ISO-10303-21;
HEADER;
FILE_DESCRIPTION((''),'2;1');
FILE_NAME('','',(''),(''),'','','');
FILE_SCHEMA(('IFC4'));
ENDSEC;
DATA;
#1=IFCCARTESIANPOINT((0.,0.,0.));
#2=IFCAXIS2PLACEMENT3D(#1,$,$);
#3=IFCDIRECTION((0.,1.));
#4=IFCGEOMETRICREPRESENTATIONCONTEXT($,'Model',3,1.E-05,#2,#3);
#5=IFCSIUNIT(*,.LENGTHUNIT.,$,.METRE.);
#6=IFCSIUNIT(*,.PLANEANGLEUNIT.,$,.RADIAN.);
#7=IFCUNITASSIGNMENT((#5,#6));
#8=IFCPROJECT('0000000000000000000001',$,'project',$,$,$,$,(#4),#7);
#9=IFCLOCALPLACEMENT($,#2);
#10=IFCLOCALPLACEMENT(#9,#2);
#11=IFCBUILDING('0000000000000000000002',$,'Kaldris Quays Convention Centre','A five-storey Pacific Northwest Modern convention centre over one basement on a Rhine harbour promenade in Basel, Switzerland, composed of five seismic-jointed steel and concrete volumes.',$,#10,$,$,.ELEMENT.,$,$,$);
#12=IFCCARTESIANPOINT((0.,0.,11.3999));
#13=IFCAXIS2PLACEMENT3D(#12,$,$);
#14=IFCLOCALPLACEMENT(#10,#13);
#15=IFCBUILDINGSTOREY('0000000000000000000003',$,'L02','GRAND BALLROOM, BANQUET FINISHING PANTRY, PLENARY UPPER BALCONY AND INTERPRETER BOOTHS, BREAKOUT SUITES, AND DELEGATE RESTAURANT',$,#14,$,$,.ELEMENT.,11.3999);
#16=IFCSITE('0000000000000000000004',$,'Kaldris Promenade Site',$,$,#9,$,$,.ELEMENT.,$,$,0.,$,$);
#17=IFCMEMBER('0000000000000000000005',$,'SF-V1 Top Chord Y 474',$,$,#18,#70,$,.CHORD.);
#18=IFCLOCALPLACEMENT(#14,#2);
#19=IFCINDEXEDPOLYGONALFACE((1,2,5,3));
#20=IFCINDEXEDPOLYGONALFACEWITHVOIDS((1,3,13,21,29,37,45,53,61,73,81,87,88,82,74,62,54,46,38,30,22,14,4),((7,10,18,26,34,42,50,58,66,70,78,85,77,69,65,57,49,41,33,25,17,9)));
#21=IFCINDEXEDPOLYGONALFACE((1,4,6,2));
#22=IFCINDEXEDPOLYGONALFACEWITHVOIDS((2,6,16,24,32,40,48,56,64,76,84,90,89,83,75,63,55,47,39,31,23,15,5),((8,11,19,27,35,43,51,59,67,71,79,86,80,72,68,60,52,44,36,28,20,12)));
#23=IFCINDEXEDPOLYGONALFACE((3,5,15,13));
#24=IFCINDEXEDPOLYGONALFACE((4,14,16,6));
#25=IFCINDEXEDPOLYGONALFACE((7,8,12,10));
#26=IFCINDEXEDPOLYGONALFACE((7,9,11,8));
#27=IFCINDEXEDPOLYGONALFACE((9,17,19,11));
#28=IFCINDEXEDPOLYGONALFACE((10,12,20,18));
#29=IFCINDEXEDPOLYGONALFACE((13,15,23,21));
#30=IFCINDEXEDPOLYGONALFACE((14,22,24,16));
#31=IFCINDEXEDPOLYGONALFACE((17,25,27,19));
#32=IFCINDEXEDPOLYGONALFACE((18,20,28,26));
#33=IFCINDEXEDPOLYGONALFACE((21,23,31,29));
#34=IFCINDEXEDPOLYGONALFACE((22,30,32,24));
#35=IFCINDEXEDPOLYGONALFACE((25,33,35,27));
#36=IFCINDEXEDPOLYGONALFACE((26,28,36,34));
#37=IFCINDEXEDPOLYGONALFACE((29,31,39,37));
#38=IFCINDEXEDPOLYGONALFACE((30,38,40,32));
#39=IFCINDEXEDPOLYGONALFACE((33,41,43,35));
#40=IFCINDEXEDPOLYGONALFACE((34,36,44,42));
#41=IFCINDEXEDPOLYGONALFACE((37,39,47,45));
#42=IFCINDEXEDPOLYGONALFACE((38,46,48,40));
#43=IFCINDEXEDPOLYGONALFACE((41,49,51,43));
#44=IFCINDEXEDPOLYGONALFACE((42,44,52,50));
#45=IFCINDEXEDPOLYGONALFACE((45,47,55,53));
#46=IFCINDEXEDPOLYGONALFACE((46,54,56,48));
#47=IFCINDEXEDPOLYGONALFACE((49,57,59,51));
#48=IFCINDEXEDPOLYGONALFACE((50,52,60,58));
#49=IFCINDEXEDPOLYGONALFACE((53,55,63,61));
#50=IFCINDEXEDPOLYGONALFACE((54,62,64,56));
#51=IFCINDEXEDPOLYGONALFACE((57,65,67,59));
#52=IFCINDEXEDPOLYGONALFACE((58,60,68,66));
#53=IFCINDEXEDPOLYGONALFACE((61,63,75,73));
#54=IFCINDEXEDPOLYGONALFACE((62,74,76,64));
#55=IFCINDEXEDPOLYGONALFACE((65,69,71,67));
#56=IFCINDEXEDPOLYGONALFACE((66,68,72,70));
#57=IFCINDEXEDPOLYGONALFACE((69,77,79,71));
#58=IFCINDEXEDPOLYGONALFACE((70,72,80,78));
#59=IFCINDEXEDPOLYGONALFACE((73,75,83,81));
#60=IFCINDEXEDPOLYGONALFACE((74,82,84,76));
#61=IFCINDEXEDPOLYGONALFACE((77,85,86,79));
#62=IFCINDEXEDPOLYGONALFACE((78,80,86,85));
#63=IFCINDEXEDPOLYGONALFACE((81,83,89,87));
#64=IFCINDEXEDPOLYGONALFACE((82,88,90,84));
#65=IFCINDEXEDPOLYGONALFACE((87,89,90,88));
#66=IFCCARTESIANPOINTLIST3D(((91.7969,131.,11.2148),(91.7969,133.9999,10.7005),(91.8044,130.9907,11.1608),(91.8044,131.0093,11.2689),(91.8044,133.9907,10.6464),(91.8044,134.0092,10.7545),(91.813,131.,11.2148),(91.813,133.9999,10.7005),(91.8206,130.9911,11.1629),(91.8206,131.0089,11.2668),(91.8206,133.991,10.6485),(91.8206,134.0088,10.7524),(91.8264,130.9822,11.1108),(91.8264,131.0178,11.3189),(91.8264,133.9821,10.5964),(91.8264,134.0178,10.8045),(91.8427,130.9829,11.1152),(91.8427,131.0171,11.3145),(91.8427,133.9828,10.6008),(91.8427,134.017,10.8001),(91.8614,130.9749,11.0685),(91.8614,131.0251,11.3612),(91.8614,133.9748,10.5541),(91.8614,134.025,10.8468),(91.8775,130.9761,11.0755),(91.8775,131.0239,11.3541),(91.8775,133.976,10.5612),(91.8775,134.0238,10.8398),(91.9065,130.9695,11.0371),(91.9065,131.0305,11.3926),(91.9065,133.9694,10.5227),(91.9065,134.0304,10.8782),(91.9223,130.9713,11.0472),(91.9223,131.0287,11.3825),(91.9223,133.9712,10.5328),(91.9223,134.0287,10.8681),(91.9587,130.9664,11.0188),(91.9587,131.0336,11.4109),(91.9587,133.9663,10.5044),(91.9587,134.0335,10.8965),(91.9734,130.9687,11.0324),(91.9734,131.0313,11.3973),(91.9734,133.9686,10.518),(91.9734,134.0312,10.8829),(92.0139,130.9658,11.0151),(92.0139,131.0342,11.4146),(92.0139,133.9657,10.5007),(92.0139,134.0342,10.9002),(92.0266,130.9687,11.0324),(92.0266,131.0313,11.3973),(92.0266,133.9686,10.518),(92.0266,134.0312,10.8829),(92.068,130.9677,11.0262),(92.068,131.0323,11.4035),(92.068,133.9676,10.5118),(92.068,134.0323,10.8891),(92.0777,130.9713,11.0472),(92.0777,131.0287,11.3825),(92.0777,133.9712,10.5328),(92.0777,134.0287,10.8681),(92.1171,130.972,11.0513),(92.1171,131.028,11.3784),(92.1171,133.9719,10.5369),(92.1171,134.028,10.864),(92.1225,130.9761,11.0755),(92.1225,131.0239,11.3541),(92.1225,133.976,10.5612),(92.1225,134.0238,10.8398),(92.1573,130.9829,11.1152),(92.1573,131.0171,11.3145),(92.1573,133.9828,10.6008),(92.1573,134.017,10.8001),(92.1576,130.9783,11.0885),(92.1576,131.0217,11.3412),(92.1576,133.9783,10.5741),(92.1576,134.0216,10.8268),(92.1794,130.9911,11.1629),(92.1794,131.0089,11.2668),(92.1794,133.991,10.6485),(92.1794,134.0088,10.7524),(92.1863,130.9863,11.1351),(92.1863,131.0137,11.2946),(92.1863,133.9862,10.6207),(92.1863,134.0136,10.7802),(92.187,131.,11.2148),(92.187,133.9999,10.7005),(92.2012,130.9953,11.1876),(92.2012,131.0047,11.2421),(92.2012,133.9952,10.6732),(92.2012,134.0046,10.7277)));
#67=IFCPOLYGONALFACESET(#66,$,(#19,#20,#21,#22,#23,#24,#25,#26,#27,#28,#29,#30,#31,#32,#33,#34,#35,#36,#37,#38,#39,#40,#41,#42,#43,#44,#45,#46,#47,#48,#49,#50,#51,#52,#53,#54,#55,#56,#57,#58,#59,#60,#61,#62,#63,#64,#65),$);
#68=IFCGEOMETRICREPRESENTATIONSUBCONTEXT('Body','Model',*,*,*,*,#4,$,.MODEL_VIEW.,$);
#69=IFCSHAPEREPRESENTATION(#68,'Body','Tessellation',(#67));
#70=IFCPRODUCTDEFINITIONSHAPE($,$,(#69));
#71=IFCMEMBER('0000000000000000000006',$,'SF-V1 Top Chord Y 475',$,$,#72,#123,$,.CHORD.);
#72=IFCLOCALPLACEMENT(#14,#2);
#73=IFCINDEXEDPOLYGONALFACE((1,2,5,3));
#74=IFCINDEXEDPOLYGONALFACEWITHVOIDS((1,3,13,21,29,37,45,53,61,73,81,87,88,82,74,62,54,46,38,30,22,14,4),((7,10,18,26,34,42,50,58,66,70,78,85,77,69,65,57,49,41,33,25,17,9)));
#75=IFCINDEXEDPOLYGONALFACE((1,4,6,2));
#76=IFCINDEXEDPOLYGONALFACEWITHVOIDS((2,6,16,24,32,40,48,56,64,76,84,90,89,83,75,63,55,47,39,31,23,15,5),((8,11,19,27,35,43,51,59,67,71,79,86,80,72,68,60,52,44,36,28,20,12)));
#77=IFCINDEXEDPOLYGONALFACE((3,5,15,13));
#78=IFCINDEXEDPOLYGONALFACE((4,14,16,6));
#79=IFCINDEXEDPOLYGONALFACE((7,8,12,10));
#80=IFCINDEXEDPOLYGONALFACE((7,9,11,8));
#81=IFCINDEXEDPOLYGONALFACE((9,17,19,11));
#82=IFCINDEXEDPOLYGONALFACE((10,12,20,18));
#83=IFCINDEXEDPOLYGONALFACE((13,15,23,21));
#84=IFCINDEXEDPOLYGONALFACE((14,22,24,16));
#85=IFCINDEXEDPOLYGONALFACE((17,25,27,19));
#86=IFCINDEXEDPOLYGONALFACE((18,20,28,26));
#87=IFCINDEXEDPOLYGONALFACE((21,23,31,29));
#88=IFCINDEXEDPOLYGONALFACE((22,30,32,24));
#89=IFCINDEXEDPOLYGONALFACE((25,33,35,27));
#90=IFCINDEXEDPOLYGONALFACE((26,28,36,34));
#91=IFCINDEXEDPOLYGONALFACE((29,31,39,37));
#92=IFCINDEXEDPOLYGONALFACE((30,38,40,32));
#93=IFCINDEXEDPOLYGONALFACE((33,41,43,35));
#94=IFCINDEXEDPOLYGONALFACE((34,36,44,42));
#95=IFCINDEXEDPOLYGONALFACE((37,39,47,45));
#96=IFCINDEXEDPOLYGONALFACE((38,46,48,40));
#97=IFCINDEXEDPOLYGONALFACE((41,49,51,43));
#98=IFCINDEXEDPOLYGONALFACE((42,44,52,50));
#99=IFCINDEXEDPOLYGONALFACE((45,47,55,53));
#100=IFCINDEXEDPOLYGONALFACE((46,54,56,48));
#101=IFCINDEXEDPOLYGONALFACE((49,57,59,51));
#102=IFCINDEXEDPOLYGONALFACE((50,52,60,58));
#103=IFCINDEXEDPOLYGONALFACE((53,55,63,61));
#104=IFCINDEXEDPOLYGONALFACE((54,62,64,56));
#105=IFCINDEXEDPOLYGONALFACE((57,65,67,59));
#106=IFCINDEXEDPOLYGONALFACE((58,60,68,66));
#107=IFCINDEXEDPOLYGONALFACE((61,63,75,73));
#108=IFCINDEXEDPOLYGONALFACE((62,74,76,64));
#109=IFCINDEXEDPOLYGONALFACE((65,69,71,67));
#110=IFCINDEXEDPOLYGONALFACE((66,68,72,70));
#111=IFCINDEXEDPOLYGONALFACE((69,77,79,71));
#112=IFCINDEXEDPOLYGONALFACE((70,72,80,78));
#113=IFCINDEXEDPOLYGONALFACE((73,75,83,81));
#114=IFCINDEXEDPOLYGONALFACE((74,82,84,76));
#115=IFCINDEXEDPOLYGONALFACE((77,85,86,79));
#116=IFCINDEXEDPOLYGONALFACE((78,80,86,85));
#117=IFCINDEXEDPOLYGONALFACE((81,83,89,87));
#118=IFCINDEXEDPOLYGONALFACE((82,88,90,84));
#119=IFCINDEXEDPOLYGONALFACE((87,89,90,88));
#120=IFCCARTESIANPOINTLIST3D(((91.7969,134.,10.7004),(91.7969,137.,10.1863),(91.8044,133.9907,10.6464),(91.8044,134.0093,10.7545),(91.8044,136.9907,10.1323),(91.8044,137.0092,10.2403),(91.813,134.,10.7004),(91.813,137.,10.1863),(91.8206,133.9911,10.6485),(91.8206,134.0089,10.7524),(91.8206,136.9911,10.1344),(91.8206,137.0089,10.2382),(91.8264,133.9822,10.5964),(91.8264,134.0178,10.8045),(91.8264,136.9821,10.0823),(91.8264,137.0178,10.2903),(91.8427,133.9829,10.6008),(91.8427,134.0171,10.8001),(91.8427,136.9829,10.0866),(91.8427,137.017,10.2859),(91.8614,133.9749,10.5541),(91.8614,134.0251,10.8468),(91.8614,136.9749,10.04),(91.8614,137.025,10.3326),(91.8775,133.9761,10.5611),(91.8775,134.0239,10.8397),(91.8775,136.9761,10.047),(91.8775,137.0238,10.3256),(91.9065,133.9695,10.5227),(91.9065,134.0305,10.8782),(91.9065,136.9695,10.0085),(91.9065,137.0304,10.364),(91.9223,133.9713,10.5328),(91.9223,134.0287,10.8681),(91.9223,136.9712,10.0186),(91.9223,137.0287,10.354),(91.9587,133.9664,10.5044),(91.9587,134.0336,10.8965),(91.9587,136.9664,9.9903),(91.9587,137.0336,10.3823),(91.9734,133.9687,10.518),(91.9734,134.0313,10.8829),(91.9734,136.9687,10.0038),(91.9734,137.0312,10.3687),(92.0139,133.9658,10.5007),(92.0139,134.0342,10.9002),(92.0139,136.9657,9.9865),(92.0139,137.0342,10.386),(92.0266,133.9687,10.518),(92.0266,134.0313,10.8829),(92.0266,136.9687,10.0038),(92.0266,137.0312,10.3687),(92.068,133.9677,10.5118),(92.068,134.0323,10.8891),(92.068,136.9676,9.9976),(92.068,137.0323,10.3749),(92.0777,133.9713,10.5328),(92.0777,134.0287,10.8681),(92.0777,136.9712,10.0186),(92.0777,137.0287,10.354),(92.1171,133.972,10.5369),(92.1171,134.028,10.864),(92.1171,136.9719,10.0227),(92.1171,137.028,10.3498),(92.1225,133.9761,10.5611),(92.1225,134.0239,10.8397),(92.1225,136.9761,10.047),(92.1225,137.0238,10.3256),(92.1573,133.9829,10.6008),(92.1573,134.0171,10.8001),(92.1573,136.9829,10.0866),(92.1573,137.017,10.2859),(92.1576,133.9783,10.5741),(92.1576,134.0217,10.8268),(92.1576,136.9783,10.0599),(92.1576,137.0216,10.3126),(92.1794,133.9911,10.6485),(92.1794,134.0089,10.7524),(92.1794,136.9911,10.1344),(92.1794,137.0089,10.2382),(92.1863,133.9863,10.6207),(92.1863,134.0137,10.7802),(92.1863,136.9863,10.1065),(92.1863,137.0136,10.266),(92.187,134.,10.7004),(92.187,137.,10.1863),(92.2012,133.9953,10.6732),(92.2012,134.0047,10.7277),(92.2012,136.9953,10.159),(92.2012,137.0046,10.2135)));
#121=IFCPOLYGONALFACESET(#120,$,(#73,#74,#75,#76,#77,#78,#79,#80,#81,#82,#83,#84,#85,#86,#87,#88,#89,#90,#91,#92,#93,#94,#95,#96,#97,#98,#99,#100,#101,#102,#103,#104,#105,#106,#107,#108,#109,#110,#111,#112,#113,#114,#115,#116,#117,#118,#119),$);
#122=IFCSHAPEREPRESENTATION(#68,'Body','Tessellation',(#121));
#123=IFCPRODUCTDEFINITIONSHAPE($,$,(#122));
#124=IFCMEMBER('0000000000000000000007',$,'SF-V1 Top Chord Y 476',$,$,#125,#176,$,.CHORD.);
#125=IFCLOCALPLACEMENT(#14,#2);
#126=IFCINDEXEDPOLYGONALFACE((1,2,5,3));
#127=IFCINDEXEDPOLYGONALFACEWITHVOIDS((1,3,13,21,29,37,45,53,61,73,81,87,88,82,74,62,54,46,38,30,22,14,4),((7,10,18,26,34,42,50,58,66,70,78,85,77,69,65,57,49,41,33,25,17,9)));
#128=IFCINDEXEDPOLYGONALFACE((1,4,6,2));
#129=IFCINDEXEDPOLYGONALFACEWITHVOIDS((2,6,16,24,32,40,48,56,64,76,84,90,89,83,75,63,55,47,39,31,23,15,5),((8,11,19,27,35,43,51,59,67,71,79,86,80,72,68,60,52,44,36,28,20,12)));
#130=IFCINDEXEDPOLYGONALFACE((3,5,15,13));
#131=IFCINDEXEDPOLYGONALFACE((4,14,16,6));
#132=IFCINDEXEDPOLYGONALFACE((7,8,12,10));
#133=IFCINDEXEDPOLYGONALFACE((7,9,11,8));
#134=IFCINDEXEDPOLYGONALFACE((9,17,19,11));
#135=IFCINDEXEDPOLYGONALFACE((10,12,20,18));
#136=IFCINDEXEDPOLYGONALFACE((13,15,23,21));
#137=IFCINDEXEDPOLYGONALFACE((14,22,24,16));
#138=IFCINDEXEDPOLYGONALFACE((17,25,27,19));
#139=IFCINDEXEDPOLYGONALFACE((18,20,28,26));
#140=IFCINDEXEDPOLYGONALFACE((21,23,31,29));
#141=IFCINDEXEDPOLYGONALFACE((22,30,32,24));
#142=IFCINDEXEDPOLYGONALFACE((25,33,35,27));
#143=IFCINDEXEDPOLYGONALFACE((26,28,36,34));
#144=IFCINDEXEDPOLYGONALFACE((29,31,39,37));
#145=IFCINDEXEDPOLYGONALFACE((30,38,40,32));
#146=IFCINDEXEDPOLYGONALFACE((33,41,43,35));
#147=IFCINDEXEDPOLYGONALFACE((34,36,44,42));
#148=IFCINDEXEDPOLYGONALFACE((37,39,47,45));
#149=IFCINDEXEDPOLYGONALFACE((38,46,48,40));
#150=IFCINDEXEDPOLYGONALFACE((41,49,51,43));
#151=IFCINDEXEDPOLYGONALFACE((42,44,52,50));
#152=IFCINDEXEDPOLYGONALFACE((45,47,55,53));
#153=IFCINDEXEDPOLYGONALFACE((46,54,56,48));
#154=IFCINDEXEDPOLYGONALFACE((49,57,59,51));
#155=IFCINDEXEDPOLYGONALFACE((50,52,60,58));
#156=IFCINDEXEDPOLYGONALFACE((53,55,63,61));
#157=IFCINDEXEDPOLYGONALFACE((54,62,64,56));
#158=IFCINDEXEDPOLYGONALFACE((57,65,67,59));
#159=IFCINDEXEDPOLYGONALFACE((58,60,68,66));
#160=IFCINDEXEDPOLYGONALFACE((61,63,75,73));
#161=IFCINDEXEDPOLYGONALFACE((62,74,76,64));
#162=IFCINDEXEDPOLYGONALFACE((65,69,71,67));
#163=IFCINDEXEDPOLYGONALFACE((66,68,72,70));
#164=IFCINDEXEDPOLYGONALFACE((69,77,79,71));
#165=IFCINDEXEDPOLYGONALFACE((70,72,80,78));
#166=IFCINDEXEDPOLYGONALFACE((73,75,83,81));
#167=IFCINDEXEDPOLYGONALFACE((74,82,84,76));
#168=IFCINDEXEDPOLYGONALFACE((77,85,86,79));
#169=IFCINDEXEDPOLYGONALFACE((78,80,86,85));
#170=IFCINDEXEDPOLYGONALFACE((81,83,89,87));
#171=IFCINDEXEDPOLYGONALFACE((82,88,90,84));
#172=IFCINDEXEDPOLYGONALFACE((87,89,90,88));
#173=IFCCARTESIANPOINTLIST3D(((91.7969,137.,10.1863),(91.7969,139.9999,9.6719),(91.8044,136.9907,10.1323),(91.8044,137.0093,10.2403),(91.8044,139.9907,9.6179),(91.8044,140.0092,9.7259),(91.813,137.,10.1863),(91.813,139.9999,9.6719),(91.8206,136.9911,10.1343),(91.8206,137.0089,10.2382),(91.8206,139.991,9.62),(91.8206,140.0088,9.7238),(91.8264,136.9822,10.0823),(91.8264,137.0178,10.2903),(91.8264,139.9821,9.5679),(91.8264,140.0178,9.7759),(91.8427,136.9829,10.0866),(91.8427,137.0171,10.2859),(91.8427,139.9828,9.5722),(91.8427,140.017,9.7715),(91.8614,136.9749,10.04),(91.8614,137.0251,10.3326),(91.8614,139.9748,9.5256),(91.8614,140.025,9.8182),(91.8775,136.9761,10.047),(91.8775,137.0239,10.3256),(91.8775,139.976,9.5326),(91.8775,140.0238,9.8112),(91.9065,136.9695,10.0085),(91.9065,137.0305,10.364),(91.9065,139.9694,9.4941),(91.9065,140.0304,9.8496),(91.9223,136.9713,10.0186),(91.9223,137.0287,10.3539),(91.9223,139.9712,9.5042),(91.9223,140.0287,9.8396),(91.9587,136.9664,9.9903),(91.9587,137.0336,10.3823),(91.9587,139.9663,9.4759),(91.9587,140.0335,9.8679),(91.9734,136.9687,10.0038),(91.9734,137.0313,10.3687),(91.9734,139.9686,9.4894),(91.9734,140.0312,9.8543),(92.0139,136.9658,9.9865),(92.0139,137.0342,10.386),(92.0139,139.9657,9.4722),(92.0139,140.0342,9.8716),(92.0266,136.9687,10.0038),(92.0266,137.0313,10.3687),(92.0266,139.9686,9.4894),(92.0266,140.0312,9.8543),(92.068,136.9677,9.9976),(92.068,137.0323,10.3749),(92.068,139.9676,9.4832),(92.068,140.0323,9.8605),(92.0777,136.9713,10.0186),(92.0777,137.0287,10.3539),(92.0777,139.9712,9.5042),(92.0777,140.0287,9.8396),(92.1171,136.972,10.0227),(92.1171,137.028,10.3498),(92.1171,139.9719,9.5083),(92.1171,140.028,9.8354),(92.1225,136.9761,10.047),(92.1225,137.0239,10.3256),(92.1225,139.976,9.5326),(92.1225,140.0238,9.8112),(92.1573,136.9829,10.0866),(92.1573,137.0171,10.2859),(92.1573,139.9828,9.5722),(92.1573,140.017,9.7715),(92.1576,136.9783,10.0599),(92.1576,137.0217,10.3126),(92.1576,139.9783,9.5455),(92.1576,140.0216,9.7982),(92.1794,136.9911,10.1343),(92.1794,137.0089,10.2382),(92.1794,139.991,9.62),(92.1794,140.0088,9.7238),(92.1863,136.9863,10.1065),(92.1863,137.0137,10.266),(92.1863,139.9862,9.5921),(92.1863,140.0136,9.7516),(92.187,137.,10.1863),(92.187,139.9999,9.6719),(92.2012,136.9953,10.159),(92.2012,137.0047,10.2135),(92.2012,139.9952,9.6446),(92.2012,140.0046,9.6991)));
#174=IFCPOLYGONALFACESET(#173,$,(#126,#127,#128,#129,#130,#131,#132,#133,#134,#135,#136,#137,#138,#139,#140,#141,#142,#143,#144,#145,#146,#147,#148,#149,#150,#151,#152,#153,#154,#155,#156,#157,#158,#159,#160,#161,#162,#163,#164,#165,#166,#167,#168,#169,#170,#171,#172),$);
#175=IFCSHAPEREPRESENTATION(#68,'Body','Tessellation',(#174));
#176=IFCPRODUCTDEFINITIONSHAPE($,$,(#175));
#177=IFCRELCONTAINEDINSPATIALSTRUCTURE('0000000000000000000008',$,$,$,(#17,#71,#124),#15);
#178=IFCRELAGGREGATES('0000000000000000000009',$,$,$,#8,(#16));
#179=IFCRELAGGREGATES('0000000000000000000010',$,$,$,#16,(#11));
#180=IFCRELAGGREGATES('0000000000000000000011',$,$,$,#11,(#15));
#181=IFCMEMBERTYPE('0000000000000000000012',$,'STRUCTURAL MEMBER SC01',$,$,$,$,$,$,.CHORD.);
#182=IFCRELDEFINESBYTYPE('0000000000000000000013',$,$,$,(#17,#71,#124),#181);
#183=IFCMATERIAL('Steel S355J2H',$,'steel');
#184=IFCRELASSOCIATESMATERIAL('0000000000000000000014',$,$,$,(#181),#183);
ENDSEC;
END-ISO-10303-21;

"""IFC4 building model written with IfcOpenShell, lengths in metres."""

from ifc_helpers import new_model, si_unit, direction, frame, origin, origin_2d, place, context, subcontext, project, spatial, hollow_circle, extrude, material, material_profile, profile_set, type_object, element, save


model = new_model("IFC4")

# Units and contexts
model_context = context("Model", 3, precision=1e-05, world=origin(), true_north=direction((0.0, 1.0)))
body_context = subcontext(model_context, "Body", "Model", "MODEL_VIEW")
ifc_project = project(units=[si_unit("LENGTHUNIT", "METRE"), si_unit("PLANEANGLEUNIT", "RADIAN")], contexts=[model_context])

# Site, building, storey
site_placement = place(None, origin())
site = spatial("IfcSite", under=ifc_project, at=site_placement, Name="Kaldris Promenade Site", CompositionType="ELEMENT", RefElevation=0.0)
building_placement = place(site_placement, origin())
building = spatial("IfcBuilding", under=site, at=building_placement, Name="Kaldris Quays Convention Centre", Description="A five-storey Pacific Northwest Modern convention centre over one basement on a Rhine harbour promenade in Basel, Switzerland, composed of five seismic-jointed steel and concrete volumes.", CompositionType="ELEMENT")
storey_placement = place(building_placement, frame((0.0, 0.0, 11.3999)))
storey = spatial("IfcBuildingStorey", under=building, at=storey_placement, Name="L02", Description="GRAND BALLROOM, BANQUET FINISHING PANTRY, PLENARY UPPER BALCONY AND INTERPRETER BOOTHS, BREAKOUT SUITES, AND DELEGATE RESTAURANT", CompositionType="ELEMENT", Elevation=11.3999)

# Members
ifc_material_1 = material(Name="Steel S355J2H", Category="steel")
ifc_material_profile_1 = material_profile(ifc_material_1, hollow_circle(Radius=0.2031, WallThickness=0.0161, at=origin_2d()), Name="CHS 406.4x16")
ifc_profile_set_1 = profile_set([ifc_material_profile_1], Name="Steel S355J2H")
member_type_1 = type_object("IfcMemberType", Name="STRUCTURAL MEMBER SC01", PredefinedType="CHORD", material=ifc_profile_set_1)
for number, where, z_axis, x_axis, name in (
    (1, (92.0, 131.0, 11.2148), (0.0, 0.985616, -0.169002), (-1.0, 0.0, 0.0), "SF-V1 Top Chord Y 474"),
    (2, (92.0, 134.0, 10.7004), (0.0, 0.985629, -0.168924), (-1.0, 0.0, 0.0), "SF-V1 Top Chord Y 475"),
    (3, (92.0, 137.0, 10.1863), (0.0, 0.985616, -0.169002), (-1.0, 0.0, 0.0), "SF-V1 Top Chord Y 476"),
):
    element("IfcMember", number, at=place(storey_placement, frame(where, z_axis=z_axis, x_axis=x_axis)), inside=storey, type_object=member_type_1, Name=name, PredefinedType="CHORD", context=body_context, shape_type="SweptSolid", body=[
        extrude(hollow_circle(Radius=0.2031, WallThickness=0.0161, at=origin_2d()), origin(), (0.0, 0.0, 1.0), 3.0437),
    ])

save(model, "model.ifc")
